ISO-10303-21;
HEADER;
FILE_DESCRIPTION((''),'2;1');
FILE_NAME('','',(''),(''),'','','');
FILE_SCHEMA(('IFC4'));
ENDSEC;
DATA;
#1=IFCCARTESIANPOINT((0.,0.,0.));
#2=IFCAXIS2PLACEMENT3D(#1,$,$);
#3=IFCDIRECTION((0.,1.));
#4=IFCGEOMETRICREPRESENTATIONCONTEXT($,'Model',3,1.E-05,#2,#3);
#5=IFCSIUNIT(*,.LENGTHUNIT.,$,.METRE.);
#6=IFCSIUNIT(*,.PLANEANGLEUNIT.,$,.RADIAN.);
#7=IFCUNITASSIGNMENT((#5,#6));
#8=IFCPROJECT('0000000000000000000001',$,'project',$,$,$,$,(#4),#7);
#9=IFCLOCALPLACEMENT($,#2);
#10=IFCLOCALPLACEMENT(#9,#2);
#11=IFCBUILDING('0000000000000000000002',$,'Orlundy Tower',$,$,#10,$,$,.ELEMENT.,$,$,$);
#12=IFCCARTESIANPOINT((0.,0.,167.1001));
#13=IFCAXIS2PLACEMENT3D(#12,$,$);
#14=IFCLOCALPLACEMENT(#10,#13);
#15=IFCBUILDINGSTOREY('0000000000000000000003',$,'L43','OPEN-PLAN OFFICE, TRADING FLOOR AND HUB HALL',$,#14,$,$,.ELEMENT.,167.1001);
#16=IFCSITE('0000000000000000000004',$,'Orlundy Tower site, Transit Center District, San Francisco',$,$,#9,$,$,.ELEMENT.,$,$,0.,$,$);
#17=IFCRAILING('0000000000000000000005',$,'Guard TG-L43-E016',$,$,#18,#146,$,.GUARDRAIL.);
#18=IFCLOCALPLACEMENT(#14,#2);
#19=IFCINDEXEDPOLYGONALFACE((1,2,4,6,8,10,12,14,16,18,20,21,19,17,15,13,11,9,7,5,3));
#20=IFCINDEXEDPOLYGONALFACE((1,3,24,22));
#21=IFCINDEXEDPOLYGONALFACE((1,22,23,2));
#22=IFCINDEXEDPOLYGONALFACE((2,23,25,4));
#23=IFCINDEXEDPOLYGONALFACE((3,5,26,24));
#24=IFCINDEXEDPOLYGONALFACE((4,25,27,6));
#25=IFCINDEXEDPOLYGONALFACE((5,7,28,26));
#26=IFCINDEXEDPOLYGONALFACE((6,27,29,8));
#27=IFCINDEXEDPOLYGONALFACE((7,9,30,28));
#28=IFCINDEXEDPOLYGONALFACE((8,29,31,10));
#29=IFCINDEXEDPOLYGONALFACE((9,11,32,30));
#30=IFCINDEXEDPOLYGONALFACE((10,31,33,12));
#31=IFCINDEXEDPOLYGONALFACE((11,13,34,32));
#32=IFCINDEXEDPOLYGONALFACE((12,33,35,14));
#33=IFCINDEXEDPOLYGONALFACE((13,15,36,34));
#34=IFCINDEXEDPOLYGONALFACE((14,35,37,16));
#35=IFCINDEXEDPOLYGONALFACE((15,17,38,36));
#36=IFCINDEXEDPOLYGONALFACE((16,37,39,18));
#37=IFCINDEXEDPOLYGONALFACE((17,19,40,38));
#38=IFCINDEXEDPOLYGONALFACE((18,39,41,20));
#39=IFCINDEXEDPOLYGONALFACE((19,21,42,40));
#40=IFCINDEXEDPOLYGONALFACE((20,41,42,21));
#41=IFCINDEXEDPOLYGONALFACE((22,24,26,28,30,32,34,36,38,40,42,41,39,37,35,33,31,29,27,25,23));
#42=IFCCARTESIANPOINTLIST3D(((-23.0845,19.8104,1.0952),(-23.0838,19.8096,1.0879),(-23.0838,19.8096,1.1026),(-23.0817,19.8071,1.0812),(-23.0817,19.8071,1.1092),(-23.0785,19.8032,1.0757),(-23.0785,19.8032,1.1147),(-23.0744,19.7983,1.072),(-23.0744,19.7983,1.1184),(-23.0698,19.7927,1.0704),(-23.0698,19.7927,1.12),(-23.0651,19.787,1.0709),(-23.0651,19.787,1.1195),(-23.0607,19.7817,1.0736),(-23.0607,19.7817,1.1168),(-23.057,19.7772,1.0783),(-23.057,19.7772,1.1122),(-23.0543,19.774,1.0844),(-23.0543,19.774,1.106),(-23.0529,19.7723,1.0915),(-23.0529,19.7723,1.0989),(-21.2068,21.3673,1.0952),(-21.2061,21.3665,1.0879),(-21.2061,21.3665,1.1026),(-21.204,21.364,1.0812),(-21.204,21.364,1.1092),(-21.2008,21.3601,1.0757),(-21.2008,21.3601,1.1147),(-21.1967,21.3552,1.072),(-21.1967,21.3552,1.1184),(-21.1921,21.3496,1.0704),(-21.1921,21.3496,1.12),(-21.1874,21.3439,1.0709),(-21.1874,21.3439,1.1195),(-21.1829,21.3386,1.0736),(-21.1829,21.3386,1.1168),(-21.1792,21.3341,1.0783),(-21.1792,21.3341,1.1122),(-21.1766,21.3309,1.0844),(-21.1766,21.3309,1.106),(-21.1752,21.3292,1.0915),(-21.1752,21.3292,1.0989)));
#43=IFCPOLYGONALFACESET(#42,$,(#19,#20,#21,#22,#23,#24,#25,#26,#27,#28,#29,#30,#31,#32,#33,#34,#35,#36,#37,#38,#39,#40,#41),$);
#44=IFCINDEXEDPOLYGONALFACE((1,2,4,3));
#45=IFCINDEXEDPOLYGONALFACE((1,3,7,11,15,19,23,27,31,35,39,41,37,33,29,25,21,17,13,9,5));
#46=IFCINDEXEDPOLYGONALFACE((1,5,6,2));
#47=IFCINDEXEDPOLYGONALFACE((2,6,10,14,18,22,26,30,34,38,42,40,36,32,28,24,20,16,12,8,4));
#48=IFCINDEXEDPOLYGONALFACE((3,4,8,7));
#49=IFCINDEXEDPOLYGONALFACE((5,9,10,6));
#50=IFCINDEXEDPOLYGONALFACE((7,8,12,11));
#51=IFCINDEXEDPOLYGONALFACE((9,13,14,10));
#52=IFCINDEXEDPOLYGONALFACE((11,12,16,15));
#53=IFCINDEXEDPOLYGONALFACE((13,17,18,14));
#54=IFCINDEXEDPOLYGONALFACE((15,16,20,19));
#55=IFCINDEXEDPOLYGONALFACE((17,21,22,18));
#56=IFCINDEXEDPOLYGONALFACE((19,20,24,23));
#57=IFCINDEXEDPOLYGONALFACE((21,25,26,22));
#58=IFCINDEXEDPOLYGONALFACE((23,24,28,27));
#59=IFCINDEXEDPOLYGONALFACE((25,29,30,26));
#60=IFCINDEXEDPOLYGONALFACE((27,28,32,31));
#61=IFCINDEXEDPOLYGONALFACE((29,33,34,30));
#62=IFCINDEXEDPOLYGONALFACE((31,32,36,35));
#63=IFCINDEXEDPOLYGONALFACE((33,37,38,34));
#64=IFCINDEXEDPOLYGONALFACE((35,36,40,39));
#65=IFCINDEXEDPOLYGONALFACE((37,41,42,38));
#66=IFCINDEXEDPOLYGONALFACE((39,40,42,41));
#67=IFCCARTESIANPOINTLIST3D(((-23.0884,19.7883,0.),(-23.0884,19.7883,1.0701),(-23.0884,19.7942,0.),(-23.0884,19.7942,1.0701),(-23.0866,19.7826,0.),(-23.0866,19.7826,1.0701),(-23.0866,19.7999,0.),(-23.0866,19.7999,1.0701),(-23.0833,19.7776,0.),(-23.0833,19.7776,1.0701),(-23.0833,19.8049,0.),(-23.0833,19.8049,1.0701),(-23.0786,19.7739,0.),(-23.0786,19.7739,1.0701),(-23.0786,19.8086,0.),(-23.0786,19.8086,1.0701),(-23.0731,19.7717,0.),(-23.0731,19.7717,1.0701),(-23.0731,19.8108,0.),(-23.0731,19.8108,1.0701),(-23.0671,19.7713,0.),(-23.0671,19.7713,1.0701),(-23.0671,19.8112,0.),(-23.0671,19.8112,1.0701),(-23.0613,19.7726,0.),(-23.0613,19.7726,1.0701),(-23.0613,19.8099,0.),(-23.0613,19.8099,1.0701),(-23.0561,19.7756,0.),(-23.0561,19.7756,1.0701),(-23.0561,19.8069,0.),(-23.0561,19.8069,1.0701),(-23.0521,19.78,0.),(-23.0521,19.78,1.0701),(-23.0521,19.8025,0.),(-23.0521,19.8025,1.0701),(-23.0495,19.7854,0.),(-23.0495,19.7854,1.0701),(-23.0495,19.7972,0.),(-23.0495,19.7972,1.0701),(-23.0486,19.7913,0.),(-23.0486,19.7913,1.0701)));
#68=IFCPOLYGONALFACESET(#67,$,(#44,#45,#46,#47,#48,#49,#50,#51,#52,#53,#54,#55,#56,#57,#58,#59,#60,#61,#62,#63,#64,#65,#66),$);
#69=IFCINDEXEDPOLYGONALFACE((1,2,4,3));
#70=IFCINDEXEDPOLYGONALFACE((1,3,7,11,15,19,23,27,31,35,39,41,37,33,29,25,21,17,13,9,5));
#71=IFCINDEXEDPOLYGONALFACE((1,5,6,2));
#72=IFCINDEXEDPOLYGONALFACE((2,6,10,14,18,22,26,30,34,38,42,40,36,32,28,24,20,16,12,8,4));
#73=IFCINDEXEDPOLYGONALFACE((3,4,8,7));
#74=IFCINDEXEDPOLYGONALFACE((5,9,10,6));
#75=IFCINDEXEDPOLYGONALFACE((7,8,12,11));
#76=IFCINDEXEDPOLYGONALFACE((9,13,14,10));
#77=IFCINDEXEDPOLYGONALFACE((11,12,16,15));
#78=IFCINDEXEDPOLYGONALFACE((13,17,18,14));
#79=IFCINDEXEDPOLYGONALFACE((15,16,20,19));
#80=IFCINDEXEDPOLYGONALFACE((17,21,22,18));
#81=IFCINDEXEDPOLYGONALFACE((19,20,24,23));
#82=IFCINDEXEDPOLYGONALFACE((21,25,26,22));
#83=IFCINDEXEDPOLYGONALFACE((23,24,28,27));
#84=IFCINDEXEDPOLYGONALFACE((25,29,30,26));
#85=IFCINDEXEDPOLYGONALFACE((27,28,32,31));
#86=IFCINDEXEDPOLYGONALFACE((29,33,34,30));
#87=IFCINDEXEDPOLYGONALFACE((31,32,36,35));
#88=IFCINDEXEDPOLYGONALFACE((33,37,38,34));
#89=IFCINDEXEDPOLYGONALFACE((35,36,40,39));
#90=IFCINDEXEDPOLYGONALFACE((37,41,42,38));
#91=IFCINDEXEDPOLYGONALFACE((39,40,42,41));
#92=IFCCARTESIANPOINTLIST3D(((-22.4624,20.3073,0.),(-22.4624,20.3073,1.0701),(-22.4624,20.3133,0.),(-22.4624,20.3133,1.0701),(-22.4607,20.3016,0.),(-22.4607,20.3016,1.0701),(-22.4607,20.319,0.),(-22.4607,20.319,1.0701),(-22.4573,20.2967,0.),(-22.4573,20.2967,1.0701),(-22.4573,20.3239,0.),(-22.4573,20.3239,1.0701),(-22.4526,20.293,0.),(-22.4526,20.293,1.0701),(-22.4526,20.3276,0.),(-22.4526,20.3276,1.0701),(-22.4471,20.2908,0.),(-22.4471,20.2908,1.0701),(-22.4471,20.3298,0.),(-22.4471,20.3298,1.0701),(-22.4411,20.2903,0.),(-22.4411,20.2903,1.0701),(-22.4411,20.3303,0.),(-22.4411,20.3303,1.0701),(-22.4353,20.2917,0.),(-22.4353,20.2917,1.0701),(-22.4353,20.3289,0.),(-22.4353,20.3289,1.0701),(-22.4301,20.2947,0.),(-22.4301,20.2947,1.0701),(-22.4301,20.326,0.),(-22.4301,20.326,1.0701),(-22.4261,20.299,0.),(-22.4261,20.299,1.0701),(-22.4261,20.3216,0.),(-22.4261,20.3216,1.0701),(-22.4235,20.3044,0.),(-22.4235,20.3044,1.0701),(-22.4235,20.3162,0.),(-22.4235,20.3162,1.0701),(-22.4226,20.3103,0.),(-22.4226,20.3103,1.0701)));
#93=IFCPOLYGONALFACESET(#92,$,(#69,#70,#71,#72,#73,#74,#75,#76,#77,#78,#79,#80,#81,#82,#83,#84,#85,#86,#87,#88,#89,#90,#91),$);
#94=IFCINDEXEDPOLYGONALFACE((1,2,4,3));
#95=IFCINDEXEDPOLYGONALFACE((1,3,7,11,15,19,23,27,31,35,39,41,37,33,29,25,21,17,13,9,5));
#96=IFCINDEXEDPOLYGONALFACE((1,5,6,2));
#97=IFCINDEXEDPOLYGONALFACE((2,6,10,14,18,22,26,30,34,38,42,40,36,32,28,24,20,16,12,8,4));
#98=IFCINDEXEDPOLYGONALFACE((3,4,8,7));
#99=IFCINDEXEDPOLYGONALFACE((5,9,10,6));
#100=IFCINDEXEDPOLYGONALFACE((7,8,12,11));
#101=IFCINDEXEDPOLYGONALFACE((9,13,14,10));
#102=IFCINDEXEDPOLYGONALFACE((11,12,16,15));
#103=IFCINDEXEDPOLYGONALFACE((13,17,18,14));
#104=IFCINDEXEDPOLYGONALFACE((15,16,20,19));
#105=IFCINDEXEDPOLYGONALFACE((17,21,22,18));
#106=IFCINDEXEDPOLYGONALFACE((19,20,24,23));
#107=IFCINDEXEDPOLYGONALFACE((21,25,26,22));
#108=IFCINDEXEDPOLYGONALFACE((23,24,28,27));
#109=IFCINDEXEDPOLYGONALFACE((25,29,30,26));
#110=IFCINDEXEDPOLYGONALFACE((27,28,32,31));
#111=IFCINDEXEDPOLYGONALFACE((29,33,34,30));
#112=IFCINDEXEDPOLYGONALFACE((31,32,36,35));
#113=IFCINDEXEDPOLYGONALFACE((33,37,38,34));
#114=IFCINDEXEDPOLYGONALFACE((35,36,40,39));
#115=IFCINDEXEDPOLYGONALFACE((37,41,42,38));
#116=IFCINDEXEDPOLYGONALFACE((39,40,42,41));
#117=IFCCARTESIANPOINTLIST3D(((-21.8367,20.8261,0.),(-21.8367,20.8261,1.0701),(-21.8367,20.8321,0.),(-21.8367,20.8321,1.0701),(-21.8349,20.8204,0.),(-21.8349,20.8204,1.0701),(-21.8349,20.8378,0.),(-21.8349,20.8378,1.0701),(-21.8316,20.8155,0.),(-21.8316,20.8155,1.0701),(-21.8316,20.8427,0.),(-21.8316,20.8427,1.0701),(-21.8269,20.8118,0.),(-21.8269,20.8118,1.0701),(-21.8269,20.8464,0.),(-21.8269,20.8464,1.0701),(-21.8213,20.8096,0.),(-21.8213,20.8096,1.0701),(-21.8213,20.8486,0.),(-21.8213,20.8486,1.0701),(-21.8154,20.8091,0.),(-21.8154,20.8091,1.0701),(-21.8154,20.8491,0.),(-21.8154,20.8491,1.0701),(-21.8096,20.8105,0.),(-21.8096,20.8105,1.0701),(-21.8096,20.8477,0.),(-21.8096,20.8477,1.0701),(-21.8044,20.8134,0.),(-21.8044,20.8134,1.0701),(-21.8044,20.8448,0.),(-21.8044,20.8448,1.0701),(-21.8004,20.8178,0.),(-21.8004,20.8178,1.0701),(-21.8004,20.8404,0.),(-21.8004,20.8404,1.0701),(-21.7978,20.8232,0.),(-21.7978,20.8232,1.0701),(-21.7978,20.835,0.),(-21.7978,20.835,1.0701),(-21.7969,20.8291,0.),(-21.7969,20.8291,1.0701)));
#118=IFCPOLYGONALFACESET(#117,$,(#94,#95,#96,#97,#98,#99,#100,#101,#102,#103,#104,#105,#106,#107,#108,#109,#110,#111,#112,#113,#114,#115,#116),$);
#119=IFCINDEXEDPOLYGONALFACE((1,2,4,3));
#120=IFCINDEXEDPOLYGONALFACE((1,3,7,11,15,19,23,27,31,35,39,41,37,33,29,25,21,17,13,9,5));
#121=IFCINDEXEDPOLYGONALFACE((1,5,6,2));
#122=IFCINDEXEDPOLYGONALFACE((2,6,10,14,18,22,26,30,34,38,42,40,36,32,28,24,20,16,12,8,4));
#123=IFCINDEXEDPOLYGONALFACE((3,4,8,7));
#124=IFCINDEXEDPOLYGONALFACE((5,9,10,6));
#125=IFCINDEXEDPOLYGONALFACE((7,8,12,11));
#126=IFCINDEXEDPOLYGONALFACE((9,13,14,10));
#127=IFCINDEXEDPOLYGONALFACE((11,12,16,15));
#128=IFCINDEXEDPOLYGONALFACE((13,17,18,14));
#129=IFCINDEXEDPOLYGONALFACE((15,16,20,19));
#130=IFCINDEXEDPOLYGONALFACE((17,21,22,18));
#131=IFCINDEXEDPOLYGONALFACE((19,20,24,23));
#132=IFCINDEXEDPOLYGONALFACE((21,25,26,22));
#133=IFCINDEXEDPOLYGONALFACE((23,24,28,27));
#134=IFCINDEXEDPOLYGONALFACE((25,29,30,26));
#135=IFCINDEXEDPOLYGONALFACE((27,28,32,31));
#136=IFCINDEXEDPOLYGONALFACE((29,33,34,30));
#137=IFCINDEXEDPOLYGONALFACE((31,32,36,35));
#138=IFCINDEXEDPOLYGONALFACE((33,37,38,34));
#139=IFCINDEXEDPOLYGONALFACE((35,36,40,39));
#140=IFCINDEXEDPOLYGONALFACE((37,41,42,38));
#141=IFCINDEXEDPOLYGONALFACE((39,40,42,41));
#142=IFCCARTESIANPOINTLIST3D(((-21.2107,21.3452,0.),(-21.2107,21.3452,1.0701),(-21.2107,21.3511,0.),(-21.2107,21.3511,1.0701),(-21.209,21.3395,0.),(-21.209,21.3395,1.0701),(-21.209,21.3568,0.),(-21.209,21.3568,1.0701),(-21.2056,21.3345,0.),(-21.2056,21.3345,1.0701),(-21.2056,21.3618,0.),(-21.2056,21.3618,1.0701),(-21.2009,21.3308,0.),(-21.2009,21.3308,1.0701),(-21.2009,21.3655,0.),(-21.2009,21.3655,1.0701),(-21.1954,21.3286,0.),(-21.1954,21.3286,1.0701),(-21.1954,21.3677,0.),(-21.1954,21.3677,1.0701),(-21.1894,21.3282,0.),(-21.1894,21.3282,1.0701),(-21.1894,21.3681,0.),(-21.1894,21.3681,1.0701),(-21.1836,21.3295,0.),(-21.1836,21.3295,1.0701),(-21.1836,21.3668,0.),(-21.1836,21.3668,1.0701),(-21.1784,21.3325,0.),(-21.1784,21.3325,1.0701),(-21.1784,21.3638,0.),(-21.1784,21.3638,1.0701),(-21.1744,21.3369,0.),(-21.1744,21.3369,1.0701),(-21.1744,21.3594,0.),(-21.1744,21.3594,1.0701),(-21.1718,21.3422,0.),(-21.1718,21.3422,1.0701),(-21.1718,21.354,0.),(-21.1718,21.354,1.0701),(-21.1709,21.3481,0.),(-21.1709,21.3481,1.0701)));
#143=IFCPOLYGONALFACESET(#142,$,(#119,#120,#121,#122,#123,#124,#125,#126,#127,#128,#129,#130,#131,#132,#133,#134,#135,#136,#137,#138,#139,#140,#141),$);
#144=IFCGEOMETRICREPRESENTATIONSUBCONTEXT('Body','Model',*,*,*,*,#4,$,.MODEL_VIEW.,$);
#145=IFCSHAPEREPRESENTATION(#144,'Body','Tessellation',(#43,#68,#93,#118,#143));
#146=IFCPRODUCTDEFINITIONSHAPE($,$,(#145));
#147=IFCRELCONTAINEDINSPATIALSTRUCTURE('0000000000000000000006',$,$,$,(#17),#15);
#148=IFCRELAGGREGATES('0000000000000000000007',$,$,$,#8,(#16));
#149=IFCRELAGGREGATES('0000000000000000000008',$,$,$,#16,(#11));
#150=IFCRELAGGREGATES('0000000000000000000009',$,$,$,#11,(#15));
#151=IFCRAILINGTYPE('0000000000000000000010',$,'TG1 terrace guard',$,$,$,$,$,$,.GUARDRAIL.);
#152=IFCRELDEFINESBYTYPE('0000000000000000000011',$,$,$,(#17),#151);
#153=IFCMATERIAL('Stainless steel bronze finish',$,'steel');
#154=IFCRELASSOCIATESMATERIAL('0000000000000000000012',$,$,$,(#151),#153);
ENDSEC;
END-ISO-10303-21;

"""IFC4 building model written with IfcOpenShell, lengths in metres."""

from ifc_helpers import new_model, si_unit, direction, frame, origin, origin_2d, place, context, subcontext, project, spatial, circle, extrude, material, type_object, element, save


model = new_model("IFC4")

# Units and contexts
model_context = context("Model", 3, precision=1e-05, world=origin(), true_north=direction((0.0, 1.0)))
body_context = subcontext(model_context, "Body", "Model", "MODEL_VIEW")
ifc_project = project(units=[si_unit("LENGTHUNIT", "METRE"), si_unit("PLANEANGLEUNIT", "RADIAN")], contexts=[model_context])

# Site, building, storey
site_placement = place(None, origin())
site = spatial("IfcSite", under=ifc_project, at=site_placement, Name="Orlundy Tower site, Transit Center District, San Francisco", CompositionType="ELEMENT", RefElevation=0.0)
building_placement = place(site_placement, origin())
building = spatial("IfcBuilding", under=site, at=building_placement, Name="Orlundy Tower", CompositionType="ELEMENT")
storey_placement = place(building_placement, frame((0.0, 0.0, 167.1001)))
storey = spatial("IfcBuildingStorey", under=building, at=storey_placement, Name="L43", Description="OPEN-PLAN OFFICE, TRADING FLOOR AND HUB HALL", CompositionType="ELEMENT", Elevation=167.1001)

# Railing
ifc_material_1 = material(Name="Stainless steel bronze finish", Category="steel")
railing_type_1 = type_object("IfcRailingType", Name="TG1 terrace guard", PredefinedType="GUARDRAIL", material=ifc_material_1)
railing_1_placement = place(storey_placement, frame((-23.0686, 19.7913, 0.0)))
element("IfcRailing", 1, at=railing_1_placement, inside=storey, type_object=railing_type_1, Name="Guard TG-L43-E016", PredefinedType="GUARDRAIL", context=body_context, shape_type="SweptSolid", body=[
    extrude(circle(Radius=0.0249, at=origin_2d()), frame((0.0, 0.0, 1.0952), z_axis=(0.769802, 0.638282, 0.0), x_axis=(-0.638282, 0.769802, 0.0)), (0.0, 0.0, 1.0), 2.4392),
    extrude(circle(Radius=0.02, at=origin_2d()), origin(), (0.0, 0.0, 1.0), 1.0701),
    extrude(circle(Radius=0.02, at=origin_2d()), frame((0.626, 0.519, 0.0)), (0.0, 0.0, 1.0), 1.0701),
    extrude(circle(Radius=0.02, at=origin_2d()), frame((1.2517, 1.0378, 0.0)), (0.0, 0.0, 1.0), 1.0701),
    extrude(circle(Radius=0.02, at=origin_2d()), frame((1.8777, 1.5569, 0.0)), (0.0, 0.0, 1.0), 1.0701),
])

save(model, "model.ifc")
